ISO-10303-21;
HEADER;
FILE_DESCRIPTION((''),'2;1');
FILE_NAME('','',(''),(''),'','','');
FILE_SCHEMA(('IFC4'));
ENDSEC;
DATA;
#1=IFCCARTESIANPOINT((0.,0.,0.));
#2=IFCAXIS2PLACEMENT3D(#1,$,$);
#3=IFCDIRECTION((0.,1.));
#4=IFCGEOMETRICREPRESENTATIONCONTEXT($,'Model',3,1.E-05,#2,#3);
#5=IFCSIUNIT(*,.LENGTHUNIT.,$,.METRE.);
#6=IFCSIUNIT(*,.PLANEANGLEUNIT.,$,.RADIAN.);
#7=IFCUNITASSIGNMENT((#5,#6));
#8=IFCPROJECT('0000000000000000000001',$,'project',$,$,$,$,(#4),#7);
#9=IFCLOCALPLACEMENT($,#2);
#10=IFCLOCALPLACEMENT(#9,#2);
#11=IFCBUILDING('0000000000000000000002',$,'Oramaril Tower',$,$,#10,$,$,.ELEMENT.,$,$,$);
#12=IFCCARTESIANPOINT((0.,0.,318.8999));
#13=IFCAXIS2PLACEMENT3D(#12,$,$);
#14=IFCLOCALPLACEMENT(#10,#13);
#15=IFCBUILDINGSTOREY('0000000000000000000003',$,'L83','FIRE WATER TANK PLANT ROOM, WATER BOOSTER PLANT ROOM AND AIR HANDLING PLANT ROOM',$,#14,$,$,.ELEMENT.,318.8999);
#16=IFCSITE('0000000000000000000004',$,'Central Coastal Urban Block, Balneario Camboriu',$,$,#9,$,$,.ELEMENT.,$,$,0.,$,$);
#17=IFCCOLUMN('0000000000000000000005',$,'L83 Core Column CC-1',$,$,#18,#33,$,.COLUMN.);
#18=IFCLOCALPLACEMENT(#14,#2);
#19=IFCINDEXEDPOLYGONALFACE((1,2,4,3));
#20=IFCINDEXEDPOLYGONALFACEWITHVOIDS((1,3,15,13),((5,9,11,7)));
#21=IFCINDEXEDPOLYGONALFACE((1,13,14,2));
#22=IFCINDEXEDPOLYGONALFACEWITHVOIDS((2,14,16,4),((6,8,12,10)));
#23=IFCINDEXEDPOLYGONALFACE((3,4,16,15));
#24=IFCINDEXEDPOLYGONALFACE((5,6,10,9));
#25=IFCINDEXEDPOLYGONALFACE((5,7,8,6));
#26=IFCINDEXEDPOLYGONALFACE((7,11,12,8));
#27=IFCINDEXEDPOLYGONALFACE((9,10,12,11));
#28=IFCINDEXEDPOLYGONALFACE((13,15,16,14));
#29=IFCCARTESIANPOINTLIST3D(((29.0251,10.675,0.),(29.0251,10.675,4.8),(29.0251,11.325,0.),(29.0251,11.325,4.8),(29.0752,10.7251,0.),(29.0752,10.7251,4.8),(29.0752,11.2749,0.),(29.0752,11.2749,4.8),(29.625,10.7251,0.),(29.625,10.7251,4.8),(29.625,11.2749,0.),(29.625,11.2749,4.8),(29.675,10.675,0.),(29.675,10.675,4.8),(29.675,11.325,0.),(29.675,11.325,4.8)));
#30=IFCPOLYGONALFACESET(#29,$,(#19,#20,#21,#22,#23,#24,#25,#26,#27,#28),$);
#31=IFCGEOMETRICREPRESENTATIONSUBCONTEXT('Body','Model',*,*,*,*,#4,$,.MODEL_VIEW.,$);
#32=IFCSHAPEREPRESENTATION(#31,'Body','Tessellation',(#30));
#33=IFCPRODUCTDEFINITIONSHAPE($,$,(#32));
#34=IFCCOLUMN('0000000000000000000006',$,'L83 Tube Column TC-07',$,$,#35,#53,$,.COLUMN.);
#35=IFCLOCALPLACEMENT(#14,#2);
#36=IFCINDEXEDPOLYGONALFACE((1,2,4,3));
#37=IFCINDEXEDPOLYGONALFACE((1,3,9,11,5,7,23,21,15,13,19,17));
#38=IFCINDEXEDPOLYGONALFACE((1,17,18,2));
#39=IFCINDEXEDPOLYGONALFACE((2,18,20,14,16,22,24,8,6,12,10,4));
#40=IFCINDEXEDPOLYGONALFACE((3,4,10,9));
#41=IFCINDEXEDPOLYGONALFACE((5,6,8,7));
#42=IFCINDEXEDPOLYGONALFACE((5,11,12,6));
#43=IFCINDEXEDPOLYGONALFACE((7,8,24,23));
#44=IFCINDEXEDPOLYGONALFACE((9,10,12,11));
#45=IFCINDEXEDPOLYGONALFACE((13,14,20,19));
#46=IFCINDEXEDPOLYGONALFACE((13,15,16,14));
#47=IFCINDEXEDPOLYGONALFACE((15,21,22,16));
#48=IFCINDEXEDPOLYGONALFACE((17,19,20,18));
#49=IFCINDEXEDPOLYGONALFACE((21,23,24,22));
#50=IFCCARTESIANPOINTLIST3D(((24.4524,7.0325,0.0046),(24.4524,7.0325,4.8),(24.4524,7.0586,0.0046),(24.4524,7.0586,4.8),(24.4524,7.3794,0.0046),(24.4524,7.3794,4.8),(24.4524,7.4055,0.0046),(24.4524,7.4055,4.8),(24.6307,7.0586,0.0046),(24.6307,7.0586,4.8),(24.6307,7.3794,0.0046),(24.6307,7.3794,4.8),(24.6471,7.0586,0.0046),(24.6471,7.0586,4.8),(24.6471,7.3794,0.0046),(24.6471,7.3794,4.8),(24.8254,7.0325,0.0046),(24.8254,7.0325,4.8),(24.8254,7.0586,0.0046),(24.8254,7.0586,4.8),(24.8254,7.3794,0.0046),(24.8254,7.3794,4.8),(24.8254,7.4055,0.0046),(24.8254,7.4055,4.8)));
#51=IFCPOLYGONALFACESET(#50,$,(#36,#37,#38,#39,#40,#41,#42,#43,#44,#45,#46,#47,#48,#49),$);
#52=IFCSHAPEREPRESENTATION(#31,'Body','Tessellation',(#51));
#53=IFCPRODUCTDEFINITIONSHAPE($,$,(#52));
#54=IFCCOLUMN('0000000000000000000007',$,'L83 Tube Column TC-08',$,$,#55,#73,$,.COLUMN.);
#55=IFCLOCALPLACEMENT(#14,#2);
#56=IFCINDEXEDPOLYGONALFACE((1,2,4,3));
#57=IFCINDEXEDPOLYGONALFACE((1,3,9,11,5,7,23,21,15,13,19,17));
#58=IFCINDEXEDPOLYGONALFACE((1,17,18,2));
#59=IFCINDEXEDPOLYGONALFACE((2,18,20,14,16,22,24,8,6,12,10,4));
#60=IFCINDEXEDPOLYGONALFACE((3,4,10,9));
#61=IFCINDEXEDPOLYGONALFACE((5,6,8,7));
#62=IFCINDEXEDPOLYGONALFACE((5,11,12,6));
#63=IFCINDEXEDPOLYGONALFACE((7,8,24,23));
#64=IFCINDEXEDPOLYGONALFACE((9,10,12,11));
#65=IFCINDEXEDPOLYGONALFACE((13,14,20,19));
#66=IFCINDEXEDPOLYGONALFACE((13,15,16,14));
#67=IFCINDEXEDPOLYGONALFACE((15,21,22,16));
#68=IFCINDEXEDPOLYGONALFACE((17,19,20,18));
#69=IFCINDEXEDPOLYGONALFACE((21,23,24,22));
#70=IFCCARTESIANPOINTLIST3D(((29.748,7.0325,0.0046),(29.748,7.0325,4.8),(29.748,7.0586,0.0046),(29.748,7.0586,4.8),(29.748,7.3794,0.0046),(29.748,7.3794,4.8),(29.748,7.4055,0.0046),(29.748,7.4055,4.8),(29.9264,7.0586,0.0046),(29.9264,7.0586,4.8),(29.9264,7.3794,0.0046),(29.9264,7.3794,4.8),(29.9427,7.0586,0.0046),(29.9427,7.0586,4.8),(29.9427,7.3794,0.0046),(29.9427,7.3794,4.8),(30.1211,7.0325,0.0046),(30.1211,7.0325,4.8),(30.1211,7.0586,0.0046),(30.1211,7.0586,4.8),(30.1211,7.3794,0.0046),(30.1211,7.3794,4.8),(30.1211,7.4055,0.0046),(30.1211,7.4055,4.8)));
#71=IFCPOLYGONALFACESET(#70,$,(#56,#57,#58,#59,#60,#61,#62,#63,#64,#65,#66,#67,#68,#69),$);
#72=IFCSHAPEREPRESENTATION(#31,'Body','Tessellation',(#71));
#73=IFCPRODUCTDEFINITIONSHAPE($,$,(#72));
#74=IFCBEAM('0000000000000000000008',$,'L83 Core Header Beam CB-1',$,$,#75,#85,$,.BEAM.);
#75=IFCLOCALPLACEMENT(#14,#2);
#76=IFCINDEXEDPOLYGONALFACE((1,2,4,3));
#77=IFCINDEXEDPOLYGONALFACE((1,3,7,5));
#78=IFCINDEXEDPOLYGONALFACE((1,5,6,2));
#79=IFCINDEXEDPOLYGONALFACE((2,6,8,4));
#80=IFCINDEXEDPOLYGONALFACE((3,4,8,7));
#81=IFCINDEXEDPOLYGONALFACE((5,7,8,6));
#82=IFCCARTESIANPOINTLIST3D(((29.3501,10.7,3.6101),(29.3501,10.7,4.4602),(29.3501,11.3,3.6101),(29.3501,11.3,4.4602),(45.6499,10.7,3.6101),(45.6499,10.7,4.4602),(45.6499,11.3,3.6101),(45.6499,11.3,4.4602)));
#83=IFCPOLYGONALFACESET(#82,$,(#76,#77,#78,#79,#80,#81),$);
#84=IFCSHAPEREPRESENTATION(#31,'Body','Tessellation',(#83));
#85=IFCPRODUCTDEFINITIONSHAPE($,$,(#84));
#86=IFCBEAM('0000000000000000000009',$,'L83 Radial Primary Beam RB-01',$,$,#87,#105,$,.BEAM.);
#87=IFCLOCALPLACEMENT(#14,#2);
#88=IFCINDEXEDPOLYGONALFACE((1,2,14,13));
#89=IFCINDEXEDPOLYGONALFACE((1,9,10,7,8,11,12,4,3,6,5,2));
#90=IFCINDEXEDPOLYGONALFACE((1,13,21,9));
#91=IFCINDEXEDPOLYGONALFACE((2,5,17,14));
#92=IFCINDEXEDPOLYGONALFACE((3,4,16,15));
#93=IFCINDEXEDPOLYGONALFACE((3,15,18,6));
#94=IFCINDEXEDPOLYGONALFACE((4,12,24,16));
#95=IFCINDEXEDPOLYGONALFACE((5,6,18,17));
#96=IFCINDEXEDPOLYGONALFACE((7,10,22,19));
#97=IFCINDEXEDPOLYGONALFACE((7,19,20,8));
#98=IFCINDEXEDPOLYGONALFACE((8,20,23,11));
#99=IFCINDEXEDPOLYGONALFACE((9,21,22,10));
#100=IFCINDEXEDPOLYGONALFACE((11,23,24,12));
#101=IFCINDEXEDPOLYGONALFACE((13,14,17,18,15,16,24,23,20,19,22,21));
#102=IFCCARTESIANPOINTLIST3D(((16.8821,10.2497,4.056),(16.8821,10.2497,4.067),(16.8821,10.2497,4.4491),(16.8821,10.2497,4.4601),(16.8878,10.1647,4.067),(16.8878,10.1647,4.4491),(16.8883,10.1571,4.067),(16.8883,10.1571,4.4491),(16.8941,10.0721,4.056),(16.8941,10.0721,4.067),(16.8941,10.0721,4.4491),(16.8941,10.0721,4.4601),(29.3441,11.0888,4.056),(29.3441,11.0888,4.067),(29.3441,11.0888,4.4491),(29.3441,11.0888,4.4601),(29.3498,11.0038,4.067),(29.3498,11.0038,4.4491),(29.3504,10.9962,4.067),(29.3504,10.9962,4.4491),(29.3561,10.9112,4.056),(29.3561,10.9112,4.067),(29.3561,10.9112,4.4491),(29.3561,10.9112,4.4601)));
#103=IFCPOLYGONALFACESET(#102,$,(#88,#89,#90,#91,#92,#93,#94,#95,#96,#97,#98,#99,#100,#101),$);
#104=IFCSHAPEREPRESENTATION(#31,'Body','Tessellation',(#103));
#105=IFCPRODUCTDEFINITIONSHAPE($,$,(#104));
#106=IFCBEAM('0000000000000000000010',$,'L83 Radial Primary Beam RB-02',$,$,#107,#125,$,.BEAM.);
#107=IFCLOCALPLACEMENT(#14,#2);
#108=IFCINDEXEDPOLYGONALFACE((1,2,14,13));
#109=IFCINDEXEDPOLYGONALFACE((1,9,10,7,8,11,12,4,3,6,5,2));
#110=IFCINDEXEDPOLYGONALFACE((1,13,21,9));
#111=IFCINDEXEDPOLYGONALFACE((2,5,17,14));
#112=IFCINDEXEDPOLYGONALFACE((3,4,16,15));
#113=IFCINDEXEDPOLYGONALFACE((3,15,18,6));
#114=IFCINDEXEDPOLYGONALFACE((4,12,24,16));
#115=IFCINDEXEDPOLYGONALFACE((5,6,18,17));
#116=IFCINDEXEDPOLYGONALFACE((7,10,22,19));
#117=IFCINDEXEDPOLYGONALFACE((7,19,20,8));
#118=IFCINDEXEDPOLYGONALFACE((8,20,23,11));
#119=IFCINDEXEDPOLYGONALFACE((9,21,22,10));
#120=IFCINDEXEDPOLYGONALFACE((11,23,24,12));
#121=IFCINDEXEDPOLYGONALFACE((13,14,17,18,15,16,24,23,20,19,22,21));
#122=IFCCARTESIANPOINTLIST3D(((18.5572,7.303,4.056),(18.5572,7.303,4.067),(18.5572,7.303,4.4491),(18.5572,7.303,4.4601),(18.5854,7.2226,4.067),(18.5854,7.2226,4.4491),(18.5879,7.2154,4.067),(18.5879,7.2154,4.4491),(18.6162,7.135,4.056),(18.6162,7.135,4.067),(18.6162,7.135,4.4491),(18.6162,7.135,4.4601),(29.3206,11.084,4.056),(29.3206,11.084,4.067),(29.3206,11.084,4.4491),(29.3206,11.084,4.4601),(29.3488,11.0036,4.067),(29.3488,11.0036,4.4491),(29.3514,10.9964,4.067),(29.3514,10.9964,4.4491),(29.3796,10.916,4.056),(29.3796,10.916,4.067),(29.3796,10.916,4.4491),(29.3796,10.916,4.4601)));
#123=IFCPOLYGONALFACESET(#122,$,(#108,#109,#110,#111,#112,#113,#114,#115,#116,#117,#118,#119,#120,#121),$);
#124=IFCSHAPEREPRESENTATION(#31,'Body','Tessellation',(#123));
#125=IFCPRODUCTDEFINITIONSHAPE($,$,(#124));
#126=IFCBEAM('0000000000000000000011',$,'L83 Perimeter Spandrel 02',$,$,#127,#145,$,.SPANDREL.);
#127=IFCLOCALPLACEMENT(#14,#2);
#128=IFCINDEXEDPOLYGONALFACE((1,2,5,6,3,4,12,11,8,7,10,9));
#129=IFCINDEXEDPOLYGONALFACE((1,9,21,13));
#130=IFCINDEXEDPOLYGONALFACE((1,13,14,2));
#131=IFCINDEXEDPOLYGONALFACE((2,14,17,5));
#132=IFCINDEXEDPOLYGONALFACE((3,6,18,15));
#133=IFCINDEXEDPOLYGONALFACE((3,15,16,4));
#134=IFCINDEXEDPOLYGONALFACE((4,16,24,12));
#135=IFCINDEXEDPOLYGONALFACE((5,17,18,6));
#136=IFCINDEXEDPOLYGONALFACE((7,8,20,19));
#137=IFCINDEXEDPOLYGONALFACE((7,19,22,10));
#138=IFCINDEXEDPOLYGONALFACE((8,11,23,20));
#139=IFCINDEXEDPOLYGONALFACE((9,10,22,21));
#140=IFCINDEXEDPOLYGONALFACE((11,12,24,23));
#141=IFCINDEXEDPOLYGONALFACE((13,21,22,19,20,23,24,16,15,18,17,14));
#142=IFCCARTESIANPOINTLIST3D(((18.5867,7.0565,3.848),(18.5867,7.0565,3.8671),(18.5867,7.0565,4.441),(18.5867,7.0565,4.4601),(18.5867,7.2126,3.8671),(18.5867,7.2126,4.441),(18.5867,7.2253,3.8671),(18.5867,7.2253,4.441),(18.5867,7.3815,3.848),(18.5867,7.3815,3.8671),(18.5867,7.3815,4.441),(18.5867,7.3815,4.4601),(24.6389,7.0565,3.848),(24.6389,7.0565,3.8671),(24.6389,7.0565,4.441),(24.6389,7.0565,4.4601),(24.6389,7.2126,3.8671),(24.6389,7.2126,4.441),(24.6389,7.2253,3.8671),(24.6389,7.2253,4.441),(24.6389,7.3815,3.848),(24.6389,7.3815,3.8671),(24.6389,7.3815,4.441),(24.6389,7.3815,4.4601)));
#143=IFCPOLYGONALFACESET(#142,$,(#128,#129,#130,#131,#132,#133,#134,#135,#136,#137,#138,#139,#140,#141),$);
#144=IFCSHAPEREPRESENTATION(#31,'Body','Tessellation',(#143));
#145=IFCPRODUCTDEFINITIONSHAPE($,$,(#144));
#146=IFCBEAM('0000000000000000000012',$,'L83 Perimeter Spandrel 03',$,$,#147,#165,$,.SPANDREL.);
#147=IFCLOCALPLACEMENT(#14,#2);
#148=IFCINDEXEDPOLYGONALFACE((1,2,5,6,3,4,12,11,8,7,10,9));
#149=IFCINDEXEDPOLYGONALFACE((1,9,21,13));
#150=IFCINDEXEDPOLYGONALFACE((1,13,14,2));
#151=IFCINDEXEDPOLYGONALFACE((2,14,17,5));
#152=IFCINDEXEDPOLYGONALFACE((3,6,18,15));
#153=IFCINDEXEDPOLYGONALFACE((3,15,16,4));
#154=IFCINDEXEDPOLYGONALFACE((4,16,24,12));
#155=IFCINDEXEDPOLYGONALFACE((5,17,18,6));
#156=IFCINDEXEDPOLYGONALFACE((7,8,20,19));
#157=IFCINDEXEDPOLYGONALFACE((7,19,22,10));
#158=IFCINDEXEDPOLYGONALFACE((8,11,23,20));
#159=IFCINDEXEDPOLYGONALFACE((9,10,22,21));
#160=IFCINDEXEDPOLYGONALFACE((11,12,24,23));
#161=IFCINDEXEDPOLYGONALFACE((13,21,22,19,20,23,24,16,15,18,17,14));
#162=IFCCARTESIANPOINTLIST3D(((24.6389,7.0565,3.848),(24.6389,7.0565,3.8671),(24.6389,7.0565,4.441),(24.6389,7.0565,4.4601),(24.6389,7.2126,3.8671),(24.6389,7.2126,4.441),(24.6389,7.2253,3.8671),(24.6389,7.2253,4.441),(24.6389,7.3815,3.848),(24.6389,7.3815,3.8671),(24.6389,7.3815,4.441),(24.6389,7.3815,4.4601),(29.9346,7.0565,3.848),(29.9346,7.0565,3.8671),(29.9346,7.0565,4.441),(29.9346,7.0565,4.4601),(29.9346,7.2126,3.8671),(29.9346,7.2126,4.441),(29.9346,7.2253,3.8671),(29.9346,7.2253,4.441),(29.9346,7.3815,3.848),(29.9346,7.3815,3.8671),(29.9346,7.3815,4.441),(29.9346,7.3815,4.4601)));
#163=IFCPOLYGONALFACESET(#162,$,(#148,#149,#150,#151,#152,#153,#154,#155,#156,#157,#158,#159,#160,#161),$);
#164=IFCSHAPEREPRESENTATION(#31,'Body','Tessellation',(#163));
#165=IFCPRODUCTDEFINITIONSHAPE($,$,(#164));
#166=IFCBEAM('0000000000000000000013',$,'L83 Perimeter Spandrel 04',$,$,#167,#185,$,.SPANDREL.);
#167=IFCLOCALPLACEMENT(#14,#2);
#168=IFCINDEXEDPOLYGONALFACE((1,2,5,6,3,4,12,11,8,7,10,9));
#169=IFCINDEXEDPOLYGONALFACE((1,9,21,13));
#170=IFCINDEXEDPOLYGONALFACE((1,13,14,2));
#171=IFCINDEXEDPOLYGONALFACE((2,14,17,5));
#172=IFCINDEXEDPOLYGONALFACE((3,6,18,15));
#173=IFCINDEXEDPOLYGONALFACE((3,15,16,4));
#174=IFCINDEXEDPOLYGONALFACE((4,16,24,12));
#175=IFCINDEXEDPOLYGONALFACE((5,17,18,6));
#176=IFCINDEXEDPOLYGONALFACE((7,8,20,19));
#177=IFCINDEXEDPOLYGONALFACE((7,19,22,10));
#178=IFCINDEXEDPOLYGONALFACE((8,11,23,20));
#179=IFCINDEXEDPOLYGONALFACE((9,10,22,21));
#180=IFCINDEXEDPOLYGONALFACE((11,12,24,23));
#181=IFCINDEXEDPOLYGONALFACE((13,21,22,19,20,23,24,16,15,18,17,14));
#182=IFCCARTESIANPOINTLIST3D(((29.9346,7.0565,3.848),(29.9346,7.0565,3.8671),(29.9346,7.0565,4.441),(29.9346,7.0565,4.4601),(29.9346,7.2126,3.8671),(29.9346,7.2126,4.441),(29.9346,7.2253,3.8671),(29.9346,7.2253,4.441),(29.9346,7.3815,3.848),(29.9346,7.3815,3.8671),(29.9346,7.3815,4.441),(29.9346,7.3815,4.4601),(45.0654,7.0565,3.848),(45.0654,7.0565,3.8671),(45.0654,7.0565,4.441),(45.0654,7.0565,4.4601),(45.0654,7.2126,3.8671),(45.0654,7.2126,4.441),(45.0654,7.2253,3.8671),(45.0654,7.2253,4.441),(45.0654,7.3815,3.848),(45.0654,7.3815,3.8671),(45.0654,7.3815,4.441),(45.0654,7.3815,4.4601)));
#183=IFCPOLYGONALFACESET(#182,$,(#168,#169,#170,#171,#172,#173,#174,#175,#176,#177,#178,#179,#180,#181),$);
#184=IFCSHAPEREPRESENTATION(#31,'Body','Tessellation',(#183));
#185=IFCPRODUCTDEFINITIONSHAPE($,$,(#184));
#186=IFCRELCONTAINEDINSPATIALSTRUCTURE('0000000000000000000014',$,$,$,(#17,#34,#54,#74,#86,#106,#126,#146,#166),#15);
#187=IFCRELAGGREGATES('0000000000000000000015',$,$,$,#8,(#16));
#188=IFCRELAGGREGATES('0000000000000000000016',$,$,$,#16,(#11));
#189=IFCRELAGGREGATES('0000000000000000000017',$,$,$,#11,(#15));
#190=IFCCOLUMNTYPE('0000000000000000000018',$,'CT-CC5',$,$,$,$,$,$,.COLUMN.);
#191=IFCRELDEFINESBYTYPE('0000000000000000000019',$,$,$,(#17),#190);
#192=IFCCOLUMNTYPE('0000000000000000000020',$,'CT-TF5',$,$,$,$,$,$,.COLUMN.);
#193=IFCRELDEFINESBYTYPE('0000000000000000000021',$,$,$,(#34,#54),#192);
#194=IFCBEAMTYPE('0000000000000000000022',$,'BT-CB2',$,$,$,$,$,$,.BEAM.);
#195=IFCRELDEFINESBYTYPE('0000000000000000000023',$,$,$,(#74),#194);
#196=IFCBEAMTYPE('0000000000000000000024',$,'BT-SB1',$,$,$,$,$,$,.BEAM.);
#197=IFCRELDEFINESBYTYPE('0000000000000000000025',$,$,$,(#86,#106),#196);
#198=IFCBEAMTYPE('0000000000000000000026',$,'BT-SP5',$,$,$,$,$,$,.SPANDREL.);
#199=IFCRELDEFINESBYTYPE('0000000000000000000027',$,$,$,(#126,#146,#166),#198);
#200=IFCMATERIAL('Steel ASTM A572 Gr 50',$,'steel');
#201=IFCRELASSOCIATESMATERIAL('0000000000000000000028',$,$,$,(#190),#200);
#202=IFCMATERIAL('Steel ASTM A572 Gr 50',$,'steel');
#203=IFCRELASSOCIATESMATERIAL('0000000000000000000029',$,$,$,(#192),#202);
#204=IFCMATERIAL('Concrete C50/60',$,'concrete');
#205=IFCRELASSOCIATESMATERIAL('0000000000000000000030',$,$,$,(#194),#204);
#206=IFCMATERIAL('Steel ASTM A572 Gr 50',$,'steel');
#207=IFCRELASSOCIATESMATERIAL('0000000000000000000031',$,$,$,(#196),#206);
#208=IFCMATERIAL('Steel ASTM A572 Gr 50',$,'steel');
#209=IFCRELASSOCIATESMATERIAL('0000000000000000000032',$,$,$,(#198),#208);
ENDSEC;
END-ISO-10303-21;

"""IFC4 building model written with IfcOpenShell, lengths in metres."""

from ifc_helpers import new_model, si_unit, direction, frame, origin, origin_2d, place, context, subcontext, project, spatial, rectangle, hollow_rectangle, i_section, extrude, material, material_profile, profile_set, type_object, element, save


model = new_model("IFC4")

# Units and contexts
model_context = context("Model", 3, precision=1e-05, world=origin(), true_north=direction((0.0, 1.0)))
body_context = subcontext(model_context, "Body", "Model", "MODEL_VIEW")
ifc_project = project(units=[si_unit("LENGTHUNIT", "METRE"), si_unit("PLANEANGLEUNIT", "RADIAN")], contexts=[model_context])

# Site, building, storey
site_placement = place(None, origin())
site = spatial("IfcSite", under=ifc_project, at=site_placement, Name="Central Coastal Urban Block, Balneario Camboriu", CompositionType="ELEMENT", RefElevation=0.0)
building_placement = place(site_placement, origin())
building = spatial("IfcBuilding", under=site, at=building_placement, Name="Oramaril Tower", CompositionType="ELEMENT")
storey_placement = place(building_placement, frame((0.0, 0.0, 318.8999)))
storey = spatial("IfcBuildingStorey", under=building, at=storey_placement, Name="L83", Description="FIRE WATER TANK PLANT ROOM, WATER BOOSTER PLANT ROOM AND AIR HANDLING PLANT ROOM", CompositionType="ELEMENT", Elevation=318.8999)

# Columns
ifc_material_1 = material(Name="Steel ASTM A572 Gr 50", Category="steel")
ifc_material_profile_1 = material_profile(ifc_material_1, hollow_rectangle(XDim=0.6499, YDim=0.6499, WallThickness=0.05, at=origin_2d()), Name="BOX650X650X50")
ifc_profile_set_1 = profile_set([ifc_material_profile_1], Name="Steel ASTM A572 Gr 50")
column_type_1 = type_object("IfcColumnType", Name="CT-CC5", PredefinedType="COLUMN", material=ifc_profile_set_1)
column_placement = place(storey_placement, frame((29.3501, 11.0, 0.0), z_axis=(0.0, 0.0, 1.0), x_axis=(1.0, 0.0, 0.0)))
element("IfcColumn", 1, at=column_placement, inside=storey, type_object=column_type_1, Name="L83 Core Column CC-1", PredefinedType="COLUMN", context=body_context, shape_type="SweptSolid", body=[
    extrude(hollow_rectangle(XDim=0.6499, YDim=0.6499, WallThickness=0.05, at=origin_2d()), origin(), (0.0, 0.0, 1.0), 4.8),
])
ifc_material_2 = material(Name="Steel ASTM A572 Gr 50", Category="steel")
ifc_material_profile_2 = material_profile(ifc_material_2, i_section(OverallWidth=0.373, OverallDepth=0.373, WebThickness=0.0164, FlangeThickness=0.0261, at=origin_2d()), Name="W14X132")
ifc_profile_set_2 = profile_set([ifc_material_profile_2], Name="Steel ASTM A572 Gr 50")
column_type_2 = type_object("IfcColumnType", Name="CT-TF5", PredefinedType="COLUMN", material=ifc_profile_set_2)
for number, where, z_axis, x_axis, name in (
    (2, (24.6389, 7.219, 0.0046), (0.0, 0.0, 1.0), (1.0, 0.0, 0.0), "L83 Tube Column TC-07"),
    (3, (29.9346, 7.219, 0.0046), (0.0, 0.0, 1.0), (1.0, 0.0, 0.0), "L83 Tube Column TC-08"),
):
    element("IfcColumn", number, at=place(storey_placement, frame(where, z_axis=z_axis, x_axis=x_axis)), inside=storey, type_object=column_type_2, Name=name, PredefinedType="COLUMN", context=body_context, shape_type="SweptSolid", body=[
        extrude(i_section(OverallWidth=0.373, OverallDepth=0.373, WebThickness=0.0164, FlangeThickness=0.0261, at=origin_2d()), origin(), (0.0, 0.0, 1.0), 4.7954),
    ])

# Beams
ifc_material_3 = material(Name="Concrete C50/60", Category="concrete")
ifc_material_profile_3 = material_profile(ifc_material_3, rectangle(XDim=0.6001, YDim=0.8501, at=origin_2d()), Name="CB600X850")
ifc_profile_set_3 = profile_set([ifc_material_profile_3], Name="Concrete C50/60")
beam_type_1 = type_object("IfcBeamType", Name="BT-CB2", PredefinedType="BEAM", material=ifc_profile_set_3)
beam_1_placement = place(storey_placement, frame((29.3501, 11.0, 4.0352), z_axis=(1.0, 0.0, 0.0), x_axis=(0.0, 1.0, 0.0)))
element("IfcBeam", 4, at=beam_1_placement, inside=storey, type_object=beam_type_1, Name="L83 Core Header Beam CB-1", PredefinedType="BEAM", context=body_context, shape_type="SweptSolid", body=[
    extrude(rectangle(XDim=0.6001, YDim=0.8501, at=origin_2d()), origin(), (0.0, 0.0, 1.0), 16.2998),
])
ifc_material_4 = material(Name="Steel ASTM A572 Gr 50", Category="steel")
ifc_material_profile_4 = material_profile(ifc_material_4, i_section(OverallWidth=0.178, OverallDepth=0.4041, WebThickness=0.0076, FlangeThickness=0.011, at=origin_2d()), Name="W16X36")
ifc_profile_set_4 = profile_set([ifc_material_profile_4], Name="Steel ASTM A572 Gr 50")
beam_type_2 = type_object("IfcBeamType", Name="BT-SB1", PredefinedType="BEAM", material=ifc_profile_set_4)
beam_2_placement = place(storey_placement, frame((29.3501, 11.0, 4.2581), z_axis=(-0.997741, -0.067182, 0.0), x_axis=(0.067182, -0.997741, 0.0)))
element("IfcBeam", 5, at=beam_2_placement, inside=storey, type_object=beam_type_2, Name="L83 Radial Primary Beam RB-01", PredefinedType="BEAM", context=body_context, shape_type="SweptSolid", body=[
    extrude(i_section(OverallWidth=0.178, OverallDepth=0.4041, WebThickness=0.0076, FlangeThickness=0.011, at=origin_2d()), origin(), (0.0, 0.0, 1.0), 12.4902),
])
beam_3_placement = place(storey_placement, frame((29.3501, 11.0, 4.2581), z_axis=(-0.94348, -0.331428, 0.0), x_axis=(0.331428, -0.94348, 0.0)))
element("IfcBeam", 6, at=beam_3_placement, inside=storey, type_object=beam_type_2, Name="L83 Radial Primary Beam RB-02", PredefinedType="BEAM", context=body_context, shape_type="SweptSolid", body=[
    extrude(i_section(OverallWidth=0.178, OverallDepth=0.4041, WebThickness=0.0076, FlangeThickness=0.011, at=origin_2d()), origin(), (0.0, 0.0, 1.0), 11.4082),
])
ifc_material_5 = material(Name="Steel ASTM A572 Gr 50", Category="steel")
ifc_material_profile_5 = material_profile(ifc_material_5, i_section(OverallWidth=0.325, OverallDepth=0.6121, WebThickness=0.0127, FlangeThickness=0.019, at=origin_2d()), Name="W24X104")
ifc_profile_set_5 = profile_set([ifc_material_profile_5], Name="Steel ASTM A572 Gr 50")
beam_type_3 = type_object("IfcBeamType", Name="BT-SP5", PredefinedType="SPANDREL", material=ifc_profile_set_5)
beam_4_placement = place(storey_placement, frame((18.5867, 7.219, 4.1541), z_axis=(1.0, 0.0, 0.0), x_axis=(0.0, 1.0, 0.0)))
element("IfcBeam", 7, at=beam_4_placement, inside=storey, type_object=beam_type_3, Name="L83 Perimeter Spandrel 02", PredefinedType="SPANDREL", context=body_context, shape_type="SweptSolid", body=[
    extrude(i_section(OverallWidth=0.325, OverallDepth=0.6121, WebThickness=0.0127, FlangeThickness=0.019, at=origin_2d()), origin(), (0.0, 0.0, 1.0), 6.0522),
])
beam_5_placement = place(storey_placement, frame((24.6389, 7.219, 4.1541), z_axis=(1.0, 0.0, 0.0), x_axis=(0.0, 1.0, 0.0)))
element("IfcBeam", 8, at=beam_5_placement, inside=storey, type_object=beam_type_3, Name="L83 Perimeter Spandrel 03", PredefinedType="SPANDREL", context=body_context, shape_type="SweptSolid", body=[
    extrude(i_section(OverallWidth=0.325, OverallDepth=0.6121, WebThickness=0.0127, FlangeThickness=0.019, at=origin_2d()), origin(), (0.0, 0.0, 1.0), 5.2957),
])
beam_6_placement = place(storey_placement, frame((29.9346, 7.219, 4.1541), z_axis=(1.0, 0.0, 0.0), x_axis=(0.0, 1.0, 0.0)))
element("IfcBeam", 9, at=beam_6_placement, inside=storey, type_object=beam_type_3, Name="L83 Perimeter Spandrel 04", PredefinedType="SPANDREL", context=body_context, shape_type="SweptSolid", body=[
    extrude(i_section(OverallWidth=0.325, OverallDepth=0.6121, WebThickness=0.0127, FlangeThickness=0.019, at=origin_2d()), origin(), (0.0, 0.0, 1.0), 15.1309),
])

save(model, "model.ifc")
